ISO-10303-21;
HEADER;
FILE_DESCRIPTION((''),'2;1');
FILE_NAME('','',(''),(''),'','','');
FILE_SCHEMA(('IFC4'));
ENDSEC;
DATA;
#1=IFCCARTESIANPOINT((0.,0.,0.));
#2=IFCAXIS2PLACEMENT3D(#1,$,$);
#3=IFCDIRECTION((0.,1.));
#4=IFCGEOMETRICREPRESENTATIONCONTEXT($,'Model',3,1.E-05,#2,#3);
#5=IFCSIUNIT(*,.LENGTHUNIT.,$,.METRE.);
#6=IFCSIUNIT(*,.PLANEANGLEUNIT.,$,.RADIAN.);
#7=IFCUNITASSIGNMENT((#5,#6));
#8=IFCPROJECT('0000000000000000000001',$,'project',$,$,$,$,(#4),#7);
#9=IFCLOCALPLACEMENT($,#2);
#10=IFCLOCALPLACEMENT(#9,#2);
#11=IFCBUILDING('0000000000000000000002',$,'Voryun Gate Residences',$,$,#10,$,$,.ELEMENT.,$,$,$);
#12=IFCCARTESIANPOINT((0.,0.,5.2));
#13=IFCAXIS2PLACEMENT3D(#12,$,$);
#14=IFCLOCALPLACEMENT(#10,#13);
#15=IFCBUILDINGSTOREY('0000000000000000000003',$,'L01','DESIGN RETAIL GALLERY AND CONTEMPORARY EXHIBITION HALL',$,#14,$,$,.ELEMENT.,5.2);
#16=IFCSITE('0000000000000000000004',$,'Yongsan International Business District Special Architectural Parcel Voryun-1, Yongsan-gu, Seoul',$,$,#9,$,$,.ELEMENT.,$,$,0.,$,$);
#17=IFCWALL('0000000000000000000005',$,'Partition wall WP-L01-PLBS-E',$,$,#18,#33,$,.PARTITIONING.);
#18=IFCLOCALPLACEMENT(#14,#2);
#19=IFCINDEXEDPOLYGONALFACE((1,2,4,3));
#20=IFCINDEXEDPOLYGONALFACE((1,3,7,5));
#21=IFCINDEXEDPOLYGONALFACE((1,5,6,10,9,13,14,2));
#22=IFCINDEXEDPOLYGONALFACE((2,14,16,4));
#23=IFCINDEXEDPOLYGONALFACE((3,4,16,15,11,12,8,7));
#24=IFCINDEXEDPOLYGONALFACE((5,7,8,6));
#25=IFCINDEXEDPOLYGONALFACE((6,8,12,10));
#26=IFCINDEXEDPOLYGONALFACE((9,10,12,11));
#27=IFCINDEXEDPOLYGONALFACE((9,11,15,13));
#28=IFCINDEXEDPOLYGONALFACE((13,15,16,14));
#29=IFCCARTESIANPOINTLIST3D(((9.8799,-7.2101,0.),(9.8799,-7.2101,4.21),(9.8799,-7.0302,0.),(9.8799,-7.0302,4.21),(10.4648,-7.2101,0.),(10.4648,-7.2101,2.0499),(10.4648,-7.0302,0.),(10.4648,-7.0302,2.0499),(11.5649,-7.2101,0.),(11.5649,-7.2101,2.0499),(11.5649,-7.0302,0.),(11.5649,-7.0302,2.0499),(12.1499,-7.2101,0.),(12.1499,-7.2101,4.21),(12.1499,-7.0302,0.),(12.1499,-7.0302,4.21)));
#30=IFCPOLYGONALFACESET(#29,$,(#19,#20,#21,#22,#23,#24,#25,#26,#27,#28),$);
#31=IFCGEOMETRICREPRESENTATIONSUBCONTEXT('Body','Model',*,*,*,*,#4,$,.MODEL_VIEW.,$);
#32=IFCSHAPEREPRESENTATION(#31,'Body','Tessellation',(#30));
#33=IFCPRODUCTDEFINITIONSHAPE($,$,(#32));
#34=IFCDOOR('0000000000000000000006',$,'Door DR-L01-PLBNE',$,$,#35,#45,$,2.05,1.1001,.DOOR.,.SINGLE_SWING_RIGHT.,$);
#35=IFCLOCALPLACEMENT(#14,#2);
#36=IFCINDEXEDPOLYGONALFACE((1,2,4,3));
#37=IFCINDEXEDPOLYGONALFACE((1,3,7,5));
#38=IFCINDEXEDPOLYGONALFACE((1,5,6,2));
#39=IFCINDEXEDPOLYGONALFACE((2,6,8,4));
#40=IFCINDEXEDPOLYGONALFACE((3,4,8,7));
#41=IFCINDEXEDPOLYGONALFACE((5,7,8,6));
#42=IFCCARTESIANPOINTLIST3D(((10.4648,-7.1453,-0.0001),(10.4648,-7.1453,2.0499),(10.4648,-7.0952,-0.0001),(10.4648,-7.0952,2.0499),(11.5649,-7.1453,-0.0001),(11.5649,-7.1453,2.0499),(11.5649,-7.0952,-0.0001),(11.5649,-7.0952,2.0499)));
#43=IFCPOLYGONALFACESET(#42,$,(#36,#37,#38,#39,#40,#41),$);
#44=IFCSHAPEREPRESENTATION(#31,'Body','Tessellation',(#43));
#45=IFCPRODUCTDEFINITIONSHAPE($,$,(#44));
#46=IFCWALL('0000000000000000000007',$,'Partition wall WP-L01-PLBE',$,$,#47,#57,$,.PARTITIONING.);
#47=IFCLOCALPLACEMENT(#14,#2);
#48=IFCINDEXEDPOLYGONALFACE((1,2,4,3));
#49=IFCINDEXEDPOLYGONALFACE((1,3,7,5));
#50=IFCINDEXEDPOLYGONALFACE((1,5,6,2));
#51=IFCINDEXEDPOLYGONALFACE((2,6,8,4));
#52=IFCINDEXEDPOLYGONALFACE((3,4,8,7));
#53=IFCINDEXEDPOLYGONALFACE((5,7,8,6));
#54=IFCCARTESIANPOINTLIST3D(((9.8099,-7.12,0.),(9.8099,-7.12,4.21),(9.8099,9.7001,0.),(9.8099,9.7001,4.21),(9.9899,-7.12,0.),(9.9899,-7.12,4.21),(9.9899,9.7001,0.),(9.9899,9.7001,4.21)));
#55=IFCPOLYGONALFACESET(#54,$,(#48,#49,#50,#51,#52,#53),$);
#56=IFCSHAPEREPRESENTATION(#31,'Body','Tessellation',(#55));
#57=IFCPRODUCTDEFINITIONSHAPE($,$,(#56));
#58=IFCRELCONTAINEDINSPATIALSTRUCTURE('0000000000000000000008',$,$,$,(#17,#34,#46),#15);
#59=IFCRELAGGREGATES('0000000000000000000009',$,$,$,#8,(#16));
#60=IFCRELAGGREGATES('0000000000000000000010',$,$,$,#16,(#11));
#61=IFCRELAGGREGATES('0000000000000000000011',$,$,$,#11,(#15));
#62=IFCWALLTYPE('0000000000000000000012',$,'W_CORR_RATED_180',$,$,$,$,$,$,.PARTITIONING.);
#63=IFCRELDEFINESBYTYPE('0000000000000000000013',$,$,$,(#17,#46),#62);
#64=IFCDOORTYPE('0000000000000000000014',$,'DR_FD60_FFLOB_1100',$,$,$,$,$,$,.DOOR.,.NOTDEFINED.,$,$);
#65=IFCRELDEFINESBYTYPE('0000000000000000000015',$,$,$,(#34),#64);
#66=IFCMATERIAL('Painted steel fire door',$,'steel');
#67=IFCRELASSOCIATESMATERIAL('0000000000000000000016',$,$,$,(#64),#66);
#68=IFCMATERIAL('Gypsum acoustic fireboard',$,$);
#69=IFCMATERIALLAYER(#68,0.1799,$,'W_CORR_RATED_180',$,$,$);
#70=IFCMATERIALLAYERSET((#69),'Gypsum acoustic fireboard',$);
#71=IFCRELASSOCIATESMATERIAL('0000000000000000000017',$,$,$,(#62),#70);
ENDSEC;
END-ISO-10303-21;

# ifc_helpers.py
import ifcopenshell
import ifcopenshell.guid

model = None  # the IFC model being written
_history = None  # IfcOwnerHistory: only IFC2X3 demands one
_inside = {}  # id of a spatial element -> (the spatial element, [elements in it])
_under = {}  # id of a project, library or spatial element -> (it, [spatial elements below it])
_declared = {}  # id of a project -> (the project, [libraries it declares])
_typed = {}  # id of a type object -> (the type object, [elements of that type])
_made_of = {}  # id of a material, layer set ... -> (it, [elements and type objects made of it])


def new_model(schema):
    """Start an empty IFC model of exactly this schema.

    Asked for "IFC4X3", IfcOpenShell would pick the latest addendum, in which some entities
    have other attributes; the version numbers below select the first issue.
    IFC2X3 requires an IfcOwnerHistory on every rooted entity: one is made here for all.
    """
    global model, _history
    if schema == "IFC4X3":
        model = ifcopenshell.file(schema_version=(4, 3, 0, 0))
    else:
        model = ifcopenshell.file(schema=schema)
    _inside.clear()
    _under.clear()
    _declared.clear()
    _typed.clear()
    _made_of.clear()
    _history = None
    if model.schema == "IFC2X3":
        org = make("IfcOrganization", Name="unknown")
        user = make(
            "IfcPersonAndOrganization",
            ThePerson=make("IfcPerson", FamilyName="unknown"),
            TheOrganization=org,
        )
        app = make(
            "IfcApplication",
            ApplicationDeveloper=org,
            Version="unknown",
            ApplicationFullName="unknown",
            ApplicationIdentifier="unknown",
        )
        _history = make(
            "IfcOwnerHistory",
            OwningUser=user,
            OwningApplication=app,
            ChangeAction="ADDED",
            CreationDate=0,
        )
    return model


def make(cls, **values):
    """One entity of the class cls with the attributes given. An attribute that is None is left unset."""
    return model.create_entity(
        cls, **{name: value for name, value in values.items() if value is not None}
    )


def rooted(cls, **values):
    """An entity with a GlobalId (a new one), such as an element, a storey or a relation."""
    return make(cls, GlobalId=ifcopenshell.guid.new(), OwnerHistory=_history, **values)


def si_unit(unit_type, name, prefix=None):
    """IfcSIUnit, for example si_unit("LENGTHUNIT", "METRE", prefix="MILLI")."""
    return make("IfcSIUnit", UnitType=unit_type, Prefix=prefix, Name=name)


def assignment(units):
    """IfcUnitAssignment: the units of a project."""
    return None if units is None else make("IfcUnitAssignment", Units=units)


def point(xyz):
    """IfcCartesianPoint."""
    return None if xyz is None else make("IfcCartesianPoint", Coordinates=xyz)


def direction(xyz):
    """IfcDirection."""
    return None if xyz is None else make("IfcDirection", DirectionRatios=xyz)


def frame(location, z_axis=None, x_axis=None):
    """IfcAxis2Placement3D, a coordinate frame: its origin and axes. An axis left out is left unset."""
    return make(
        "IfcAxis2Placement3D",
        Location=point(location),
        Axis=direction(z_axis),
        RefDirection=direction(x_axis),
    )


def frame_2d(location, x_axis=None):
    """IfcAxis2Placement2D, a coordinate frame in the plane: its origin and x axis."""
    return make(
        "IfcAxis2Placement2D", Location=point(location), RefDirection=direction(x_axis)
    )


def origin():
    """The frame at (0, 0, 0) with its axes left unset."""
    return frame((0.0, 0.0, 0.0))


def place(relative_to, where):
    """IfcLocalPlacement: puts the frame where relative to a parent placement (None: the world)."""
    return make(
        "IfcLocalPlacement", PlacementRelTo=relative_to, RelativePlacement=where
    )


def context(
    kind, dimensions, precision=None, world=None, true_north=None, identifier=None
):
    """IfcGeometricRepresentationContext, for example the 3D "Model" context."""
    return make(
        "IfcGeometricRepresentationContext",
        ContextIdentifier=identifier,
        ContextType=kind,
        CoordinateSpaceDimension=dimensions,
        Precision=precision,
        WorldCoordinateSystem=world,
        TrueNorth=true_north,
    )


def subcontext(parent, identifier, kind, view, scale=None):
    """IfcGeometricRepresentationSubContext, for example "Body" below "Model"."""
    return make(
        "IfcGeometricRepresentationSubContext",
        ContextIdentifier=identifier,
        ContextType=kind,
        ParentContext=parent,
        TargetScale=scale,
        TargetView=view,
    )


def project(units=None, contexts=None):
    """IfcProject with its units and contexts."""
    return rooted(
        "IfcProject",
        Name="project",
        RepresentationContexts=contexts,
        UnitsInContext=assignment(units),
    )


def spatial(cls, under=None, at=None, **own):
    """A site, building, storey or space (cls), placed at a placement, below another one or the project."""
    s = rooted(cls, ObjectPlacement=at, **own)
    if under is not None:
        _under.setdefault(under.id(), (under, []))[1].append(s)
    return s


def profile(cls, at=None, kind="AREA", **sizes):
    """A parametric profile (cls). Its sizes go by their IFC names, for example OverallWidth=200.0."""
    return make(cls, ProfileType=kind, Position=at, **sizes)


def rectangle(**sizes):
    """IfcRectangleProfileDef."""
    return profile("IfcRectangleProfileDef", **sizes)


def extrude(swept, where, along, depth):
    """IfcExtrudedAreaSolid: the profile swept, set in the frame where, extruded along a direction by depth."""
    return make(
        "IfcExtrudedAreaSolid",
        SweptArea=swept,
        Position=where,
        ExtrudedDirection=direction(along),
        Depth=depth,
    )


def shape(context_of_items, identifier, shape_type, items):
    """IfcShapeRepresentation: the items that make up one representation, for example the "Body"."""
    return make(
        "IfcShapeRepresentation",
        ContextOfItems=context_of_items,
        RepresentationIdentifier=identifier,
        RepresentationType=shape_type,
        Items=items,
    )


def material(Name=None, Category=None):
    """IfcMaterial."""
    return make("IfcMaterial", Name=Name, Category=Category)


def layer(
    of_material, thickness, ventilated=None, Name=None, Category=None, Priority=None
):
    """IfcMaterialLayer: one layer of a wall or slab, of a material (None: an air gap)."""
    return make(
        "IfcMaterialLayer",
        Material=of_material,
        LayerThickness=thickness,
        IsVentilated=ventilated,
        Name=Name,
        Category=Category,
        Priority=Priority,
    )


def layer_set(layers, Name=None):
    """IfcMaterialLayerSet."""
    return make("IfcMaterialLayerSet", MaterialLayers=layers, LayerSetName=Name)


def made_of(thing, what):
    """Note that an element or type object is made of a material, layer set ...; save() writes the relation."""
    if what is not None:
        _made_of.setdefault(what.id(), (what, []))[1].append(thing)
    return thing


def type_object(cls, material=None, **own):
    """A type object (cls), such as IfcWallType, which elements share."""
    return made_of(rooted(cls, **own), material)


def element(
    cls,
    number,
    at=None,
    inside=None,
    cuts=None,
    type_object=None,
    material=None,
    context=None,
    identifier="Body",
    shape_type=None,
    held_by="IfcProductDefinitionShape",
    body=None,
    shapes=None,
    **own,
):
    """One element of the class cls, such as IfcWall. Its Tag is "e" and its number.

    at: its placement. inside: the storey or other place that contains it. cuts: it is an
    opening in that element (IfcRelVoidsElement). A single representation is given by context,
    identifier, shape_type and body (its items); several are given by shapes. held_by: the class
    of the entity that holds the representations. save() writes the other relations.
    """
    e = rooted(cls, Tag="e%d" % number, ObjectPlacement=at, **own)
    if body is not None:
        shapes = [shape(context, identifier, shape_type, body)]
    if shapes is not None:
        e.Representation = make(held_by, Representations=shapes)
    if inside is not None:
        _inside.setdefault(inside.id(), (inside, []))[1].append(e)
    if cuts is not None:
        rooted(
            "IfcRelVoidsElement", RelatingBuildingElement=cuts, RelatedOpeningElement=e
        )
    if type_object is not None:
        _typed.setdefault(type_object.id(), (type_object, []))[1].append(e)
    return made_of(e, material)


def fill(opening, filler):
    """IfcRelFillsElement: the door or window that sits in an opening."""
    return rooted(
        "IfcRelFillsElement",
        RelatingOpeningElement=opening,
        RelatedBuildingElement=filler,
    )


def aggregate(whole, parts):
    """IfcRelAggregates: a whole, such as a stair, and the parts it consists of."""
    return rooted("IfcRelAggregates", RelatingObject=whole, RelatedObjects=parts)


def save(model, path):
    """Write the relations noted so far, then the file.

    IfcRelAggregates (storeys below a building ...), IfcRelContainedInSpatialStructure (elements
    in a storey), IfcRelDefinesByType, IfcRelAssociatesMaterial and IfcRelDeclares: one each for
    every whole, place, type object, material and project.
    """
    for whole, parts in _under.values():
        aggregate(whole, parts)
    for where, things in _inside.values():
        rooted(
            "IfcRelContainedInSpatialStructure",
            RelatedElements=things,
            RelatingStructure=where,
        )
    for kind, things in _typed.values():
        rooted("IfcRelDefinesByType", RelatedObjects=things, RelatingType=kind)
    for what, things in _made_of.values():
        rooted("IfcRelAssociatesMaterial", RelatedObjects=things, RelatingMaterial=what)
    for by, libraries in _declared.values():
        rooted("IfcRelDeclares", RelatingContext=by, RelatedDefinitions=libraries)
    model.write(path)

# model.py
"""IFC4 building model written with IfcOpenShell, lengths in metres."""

from ifc_helpers import new_model, si_unit, direction, frame, frame_2d, origin, place, context, subcontext, project, spatial, rectangle, extrude, material, layer, layer_set, type_object, element, fill, save


model = new_model("IFC4")

# Units and contexts
model_context = context("Model", 3, precision=1e-05, world=origin(), true_north=direction((0.0, 1.0)))
body_context = subcontext(model_context, "Body", "Model", "MODEL_VIEW")
ifc_project = project(units=[si_unit("LENGTHUNIT", "METRE"), si_unit("PLANEANGLEUNIT", "RADIAN")], contexts=[model_context])

# Site, building, storey
site_placement = place(None, origin())
site = spatial("IfcSite", under=ifc_project, at=site_placement, Name="Yongsan International Business District Special Architectural Parcel Voryun-1, Yongsan-gu, Seoul", CompositionType="ELEMENT", RefElevation=0.0)
building_placement = place(site_placement, origin())
building = spatial("IfcBuilding", under=site, at=building_placement, Name="Voryun Gate Residences", CompositionType="ELEMENT")
storey_placement = place(building_placement, frame((0.0, 0.0, 5.2)))
storey = spatial("IfcBuildingStorey", under=building, at=storey_placement, Name="L01", Description="DESIGN RETAIL GALLERY AND CONTEMPORARY EXHIBITION HALL", CompositionType="ELEMENT", Elevation=5.2)

# Shared definitions
ifc_material_1 = material(Name="Painted steel fire door", Category="steel")
door_type_1 = type_object("IfcDoorType", Name="DR_FD60_FFLOB_1100", OperationType="NOTDEFINED", PredefinedType="DOOR", material=ifc_material_1)

# Wall, opening, door
ifc_material_2 = material(Name="Gypsum acoustic fireboard")
ifc_layer_1 = layer(ifc_material_2, 0.1799, Name="W_CORR_RATED_180")
ifc_layer_set_1 = layer_set([ifc_layer_1], Name="Gypsum acoustic fireboard")
wall_type_1 = type_object("IfcWallType", Name="W_CORR_RATED_180", PredefinedType="PARTITIONING", material=ifc_layer_set_1)
wall_1_placement = place(storey_placement, frame((9.8799, -7.1201, 0.0), z_axis=(0.0, 0.0, 1.0), x_axis=(1.0, 0.0, 0.0)))
wall_1 = element("IfcWall", 1, at=wall_1_placement, inside=storey, type_object=wall_type_1, Name="Partition wall WP-L01-PLBS-E", PredefinedType="PARTITIONING", context=body_context, shape_type="SweptSolid", body=[
    extrude(rectangle(XDim=2.27, YDim=0.1799, at=frame_2d((1.135, 0.0))), origin(), (0.0, 0.0, 1.0), 4.21),
])
opening_1_placement = place(wall_1_placement, frame((0.585, 0.0, 0.0)))
opening_1 = element("IfcOpeningElement", 2, at=opening_1_placement, cuts=wall_1, PredefinedType="OPENING", context=body_context, shape_type="SweptSolid", body=[
    extrude(rectangle(XDim=1.1001, YDim=2.05, at=frame_2d((0.55, 1.0249))), frame((0.0, 0.0999, 0.0), z_axis=(0.0, -1.0, 0.0), x_axis=(1.0, 0.0, 0.0)), (0.0, 0.0, 1.0), 0.2),
])
door_1_placement = place(opening_1_placement, origin())
door_1 = element("IfcDoor", 3, at=door_1_placement, inside=storey, type_object=door_type_1, Name="Door DR-L01-PLBNE", OperationType="SINGLE_SWING_RIGHT", OverallHeight=2.05, OverallWidth=1.1001, PredefinedType="DOOR", context=body_context, shape_type="SweptSolid", body=[
    extrude(rectangle(XDim=1.1001, YDim=2.05, at=frame_2d((0.55, 1.0249))), frame((0.0, 0.0249, 0.0), z_axis=(0.0, -1.0, 0.0), x_axis=(1.0, 0.0, 0.0)), (0.0, 0.0, 1.0), 0.05),
])
fill(opening_1, door_1)

# Wall
wall_2_placement = place(storey_placement, frame((9.8999, -7.1201, 0.0), z_axis=(0.0, 0.0, 1.0), x_axis=(0.0, 1.0, 0.0)))
element("IfcWall", 4, at=wall_2_placement, inside=storey, type_object=wall_type_1, Name="Partition wall WP-L01-PLBE", PredefinedType="PARTITIONING", context=body_context, shape_type="SweptSolid", body=[
    extrude(rectangle(XDim=16.8201, YDim=0.1799, at=frame_2d((8.4102, 0.0))), origin(), (0.0, 0.0, 1.0), 4.21),
])

save(model, "model.ifc")
